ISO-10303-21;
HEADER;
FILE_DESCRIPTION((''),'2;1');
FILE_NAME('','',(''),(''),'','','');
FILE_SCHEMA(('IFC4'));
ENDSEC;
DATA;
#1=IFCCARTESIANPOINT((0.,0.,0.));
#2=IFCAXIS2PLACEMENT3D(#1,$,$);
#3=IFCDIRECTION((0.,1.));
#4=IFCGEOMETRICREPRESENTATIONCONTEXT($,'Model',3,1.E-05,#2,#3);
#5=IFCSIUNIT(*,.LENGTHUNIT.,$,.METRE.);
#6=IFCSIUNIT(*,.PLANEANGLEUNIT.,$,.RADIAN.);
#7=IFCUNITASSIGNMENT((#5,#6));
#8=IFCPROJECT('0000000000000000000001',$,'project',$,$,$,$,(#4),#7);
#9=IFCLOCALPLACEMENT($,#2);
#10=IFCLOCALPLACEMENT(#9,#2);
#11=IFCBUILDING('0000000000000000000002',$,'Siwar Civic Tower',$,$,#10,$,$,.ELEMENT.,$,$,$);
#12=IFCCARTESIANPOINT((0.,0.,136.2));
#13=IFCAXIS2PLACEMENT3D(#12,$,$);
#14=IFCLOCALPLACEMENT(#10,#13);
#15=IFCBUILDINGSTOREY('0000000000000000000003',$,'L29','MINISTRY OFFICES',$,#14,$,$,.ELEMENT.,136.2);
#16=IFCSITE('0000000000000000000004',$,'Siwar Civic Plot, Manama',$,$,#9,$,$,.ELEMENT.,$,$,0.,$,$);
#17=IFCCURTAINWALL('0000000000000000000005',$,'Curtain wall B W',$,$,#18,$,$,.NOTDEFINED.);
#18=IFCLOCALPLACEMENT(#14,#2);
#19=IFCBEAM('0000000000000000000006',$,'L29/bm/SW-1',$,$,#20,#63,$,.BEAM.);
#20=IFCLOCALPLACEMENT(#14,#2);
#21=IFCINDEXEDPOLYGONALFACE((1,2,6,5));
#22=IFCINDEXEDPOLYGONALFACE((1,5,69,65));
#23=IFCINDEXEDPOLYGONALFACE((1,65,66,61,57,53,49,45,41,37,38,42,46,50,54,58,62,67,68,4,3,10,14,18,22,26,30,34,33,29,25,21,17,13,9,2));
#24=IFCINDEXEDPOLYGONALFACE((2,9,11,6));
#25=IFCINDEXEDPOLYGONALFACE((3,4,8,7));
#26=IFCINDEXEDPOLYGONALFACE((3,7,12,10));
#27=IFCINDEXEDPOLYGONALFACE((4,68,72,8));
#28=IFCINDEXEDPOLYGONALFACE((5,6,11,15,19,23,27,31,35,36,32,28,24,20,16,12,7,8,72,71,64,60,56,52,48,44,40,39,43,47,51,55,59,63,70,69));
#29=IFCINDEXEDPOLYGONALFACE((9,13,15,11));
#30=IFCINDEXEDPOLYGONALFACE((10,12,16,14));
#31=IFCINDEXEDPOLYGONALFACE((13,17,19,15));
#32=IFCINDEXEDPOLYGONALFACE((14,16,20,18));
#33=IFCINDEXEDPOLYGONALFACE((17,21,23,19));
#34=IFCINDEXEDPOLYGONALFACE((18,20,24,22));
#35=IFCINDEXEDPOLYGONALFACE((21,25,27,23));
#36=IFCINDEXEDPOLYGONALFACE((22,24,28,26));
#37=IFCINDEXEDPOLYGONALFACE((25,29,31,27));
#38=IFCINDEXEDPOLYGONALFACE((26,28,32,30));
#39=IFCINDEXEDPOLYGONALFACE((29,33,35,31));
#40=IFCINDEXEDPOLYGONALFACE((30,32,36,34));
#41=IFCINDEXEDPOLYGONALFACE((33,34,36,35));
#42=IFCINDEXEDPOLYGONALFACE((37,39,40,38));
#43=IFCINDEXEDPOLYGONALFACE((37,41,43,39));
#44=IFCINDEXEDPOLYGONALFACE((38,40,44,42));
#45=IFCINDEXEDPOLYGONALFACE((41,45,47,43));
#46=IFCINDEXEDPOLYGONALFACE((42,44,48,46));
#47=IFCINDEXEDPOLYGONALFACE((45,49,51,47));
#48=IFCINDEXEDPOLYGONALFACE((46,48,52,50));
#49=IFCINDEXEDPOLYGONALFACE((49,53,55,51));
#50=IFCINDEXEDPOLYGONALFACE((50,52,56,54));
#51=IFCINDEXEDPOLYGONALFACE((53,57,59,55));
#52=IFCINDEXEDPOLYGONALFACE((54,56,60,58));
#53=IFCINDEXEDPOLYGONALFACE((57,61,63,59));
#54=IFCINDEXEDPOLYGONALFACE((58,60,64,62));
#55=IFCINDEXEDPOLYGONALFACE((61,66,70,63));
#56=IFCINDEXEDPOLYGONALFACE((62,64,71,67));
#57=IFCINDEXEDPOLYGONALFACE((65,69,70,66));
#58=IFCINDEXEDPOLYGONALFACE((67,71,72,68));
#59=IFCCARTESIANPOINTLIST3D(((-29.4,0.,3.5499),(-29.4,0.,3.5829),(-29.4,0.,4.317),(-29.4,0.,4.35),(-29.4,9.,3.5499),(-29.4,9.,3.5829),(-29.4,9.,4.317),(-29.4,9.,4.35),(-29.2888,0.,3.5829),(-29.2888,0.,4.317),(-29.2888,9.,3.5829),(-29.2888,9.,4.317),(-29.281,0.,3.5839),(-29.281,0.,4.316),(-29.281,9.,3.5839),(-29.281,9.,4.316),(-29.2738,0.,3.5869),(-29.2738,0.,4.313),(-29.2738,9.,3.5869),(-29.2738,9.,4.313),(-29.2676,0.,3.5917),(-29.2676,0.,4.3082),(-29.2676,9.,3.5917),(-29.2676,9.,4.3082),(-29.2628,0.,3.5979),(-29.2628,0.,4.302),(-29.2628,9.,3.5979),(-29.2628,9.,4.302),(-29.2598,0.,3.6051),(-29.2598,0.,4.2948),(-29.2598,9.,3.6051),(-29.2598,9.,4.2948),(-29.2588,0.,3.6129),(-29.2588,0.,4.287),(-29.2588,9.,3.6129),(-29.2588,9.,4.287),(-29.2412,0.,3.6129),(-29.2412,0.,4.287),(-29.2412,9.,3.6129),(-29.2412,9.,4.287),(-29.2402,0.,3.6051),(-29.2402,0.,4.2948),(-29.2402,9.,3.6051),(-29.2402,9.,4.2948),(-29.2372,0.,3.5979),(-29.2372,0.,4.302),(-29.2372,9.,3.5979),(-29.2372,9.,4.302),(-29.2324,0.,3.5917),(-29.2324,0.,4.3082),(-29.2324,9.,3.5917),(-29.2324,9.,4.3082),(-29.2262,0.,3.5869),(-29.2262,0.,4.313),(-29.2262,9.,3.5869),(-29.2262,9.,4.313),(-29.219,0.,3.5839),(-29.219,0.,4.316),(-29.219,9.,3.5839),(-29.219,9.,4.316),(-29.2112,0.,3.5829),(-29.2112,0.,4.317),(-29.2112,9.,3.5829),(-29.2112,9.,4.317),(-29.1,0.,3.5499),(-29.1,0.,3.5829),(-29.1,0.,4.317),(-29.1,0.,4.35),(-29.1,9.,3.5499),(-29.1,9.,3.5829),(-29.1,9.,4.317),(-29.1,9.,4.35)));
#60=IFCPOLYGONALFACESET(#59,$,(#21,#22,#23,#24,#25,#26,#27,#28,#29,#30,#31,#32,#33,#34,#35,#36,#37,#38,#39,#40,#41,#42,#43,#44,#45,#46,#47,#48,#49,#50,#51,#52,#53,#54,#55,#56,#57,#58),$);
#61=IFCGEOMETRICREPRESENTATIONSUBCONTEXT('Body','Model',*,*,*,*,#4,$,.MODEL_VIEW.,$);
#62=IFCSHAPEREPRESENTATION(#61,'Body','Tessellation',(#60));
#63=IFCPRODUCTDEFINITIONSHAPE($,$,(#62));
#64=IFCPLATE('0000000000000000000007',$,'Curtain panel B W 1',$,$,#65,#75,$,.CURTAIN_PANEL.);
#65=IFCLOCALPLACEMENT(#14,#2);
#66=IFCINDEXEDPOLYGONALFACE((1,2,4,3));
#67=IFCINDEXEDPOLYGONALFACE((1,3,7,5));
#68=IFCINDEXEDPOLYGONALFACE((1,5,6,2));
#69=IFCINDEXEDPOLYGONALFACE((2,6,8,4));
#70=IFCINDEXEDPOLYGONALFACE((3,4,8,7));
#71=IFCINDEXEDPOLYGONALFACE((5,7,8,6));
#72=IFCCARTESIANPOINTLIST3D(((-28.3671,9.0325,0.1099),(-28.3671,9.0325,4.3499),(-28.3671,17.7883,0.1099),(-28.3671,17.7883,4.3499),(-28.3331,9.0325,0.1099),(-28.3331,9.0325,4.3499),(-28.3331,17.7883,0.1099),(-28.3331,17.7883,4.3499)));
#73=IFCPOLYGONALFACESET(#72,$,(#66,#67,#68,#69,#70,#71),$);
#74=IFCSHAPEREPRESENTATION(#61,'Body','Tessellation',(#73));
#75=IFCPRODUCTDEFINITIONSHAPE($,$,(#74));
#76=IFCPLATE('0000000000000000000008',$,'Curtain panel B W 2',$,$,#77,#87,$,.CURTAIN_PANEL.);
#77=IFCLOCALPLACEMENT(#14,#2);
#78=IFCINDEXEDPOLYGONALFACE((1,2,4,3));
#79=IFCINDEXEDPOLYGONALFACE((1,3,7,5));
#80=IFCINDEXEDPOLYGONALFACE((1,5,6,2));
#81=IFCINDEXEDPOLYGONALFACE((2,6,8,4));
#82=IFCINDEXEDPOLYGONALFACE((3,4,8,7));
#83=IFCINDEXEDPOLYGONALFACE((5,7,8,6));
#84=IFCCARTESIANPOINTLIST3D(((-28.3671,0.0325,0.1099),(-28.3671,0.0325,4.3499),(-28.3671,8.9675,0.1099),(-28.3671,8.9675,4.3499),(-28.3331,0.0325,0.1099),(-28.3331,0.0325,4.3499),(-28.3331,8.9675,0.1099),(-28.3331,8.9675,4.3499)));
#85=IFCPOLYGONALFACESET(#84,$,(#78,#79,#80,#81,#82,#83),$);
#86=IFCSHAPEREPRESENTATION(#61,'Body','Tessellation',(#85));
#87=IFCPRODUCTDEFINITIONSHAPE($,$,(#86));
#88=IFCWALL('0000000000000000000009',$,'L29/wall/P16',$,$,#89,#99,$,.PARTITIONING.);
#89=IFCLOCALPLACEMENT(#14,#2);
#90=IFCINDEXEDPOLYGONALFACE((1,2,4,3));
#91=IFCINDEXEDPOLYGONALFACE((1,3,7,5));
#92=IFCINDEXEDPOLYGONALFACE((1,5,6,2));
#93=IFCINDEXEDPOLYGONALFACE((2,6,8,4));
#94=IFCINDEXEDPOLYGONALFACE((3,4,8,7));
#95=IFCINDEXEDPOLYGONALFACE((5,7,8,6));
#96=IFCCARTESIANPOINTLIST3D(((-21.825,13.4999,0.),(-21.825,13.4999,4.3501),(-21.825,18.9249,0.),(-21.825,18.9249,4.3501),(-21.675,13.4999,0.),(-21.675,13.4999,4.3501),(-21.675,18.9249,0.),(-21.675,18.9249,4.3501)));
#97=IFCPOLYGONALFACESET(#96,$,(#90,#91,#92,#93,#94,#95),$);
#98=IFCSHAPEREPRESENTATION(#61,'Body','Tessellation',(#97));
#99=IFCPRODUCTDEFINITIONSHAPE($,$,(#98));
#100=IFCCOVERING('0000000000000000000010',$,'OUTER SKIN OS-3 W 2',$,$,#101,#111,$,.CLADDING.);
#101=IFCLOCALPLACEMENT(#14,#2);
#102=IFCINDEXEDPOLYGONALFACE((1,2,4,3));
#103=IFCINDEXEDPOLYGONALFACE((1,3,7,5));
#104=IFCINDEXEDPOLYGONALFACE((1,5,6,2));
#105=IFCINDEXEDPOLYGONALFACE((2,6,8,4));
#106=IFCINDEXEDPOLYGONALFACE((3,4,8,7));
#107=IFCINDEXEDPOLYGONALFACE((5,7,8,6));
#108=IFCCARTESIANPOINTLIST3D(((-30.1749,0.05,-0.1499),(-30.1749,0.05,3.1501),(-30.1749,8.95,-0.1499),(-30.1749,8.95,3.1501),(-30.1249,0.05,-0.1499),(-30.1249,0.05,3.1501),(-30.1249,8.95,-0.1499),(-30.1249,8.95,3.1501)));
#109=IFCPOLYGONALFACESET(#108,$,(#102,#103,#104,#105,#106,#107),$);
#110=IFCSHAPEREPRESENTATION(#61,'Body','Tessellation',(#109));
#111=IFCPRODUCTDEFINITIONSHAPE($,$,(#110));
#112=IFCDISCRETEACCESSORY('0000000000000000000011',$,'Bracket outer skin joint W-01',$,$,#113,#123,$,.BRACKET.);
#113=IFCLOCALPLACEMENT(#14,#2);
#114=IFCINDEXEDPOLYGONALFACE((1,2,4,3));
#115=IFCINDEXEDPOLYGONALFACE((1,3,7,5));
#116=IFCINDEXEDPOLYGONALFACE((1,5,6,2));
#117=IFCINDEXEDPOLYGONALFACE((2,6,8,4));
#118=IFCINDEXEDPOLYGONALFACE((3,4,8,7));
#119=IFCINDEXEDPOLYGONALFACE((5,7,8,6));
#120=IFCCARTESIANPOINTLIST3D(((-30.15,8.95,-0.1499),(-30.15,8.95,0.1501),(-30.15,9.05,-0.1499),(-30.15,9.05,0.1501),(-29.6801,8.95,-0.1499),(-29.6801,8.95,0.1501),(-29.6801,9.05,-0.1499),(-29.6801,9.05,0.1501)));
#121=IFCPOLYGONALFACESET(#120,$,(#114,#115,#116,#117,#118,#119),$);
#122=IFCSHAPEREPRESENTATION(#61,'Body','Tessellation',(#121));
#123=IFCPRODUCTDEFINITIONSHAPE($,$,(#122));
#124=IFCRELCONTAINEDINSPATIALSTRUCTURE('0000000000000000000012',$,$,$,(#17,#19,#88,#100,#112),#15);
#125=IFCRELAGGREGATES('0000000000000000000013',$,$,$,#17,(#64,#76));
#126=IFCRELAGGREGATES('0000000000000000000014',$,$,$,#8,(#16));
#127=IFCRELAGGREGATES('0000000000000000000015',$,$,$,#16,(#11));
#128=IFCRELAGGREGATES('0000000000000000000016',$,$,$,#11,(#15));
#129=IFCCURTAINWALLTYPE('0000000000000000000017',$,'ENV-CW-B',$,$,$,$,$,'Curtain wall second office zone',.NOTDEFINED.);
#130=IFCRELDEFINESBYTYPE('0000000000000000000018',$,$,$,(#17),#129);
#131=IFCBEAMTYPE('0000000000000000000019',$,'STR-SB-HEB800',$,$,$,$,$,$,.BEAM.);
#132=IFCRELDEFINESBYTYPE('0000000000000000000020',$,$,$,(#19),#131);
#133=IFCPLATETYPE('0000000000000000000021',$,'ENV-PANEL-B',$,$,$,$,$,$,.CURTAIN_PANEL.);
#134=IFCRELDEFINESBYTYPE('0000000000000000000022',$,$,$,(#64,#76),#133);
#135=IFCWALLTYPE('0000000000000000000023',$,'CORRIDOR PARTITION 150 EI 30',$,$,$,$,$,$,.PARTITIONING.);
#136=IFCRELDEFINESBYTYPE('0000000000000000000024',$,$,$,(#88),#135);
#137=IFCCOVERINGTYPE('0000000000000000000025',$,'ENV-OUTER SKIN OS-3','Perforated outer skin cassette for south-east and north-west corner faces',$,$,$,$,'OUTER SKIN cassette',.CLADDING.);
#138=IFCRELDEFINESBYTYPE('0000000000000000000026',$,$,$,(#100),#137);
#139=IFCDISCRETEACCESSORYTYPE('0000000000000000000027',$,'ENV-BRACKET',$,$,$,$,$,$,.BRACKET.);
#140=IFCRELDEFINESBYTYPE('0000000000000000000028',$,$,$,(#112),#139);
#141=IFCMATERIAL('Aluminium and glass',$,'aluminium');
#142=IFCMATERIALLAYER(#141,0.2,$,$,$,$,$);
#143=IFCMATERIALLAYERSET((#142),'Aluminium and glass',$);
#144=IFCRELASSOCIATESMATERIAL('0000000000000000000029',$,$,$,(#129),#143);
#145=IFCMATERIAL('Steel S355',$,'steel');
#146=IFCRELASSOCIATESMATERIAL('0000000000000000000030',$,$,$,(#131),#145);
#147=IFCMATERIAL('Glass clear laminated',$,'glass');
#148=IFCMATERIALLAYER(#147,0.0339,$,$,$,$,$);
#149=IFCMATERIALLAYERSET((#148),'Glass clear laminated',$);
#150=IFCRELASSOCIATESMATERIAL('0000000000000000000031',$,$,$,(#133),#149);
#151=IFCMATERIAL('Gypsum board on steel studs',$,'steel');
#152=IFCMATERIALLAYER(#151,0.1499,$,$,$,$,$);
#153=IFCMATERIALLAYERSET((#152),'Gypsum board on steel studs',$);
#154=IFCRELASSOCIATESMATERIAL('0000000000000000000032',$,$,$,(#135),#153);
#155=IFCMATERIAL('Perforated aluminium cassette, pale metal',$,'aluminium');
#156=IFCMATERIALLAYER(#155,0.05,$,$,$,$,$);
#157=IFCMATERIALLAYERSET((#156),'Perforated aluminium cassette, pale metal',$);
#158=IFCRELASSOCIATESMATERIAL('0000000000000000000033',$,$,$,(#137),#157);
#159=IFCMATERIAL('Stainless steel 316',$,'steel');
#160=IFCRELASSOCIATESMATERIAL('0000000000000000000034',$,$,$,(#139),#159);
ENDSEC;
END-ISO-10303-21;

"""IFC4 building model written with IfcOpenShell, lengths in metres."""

from ifc_helpers import new_model, si_unit, direction, frame, frame_2d, origin, origin_2d, place, context, subcontext, project, spatial, rectangle, i_section, extrude, material, layer, layer_set, material_profile, profile_set, type_object, element, aggregate, save


model = new_model("IFC4")

# Units and contexts
model_context = context("Model", 3, precision=1e-05, world=origin(), true_north=direction((0.0, 1.0)))
body_context = subcontext(model_context, "Body", "Model", "MODEL_VIEW")
ifc_project = project(units=[si_unit("LENGTHUNIT", "METRE"), si_unit("PLANEANGLEUNIT", "RADIAN")], contexts=[model_context])

# Site, building, storey
site_placement = place(None, origin())
site = spatial("IfcSite", under=ifc_project, at=site_placement, Name="Siwar Civic Plot, Manama", CompositionType="ELEMENT", RefElevation=0.0)
building_placement = place(site_placement, origin())
building = spatial("IfcBuilding", under=site, at=building_placement, Name="Siwar Civic Tower", CompositionType="ELEMENT")
storey_placement = place(building_placement, frame((0.0, 0.0, 136.2)))
storey = spatial("IfcBuildingStorey", under=building, at=storey_placement, Name="L29", Description="MINISTRY OFFICES", CompositionType="ELEMENT", Elevation=136.2)

# Curtain wall
ifc_material_1 = material(Name="Aluminium and glass", Category="aluminium")
ifc_layer_1 = layer(ifc_material_1, 0.2)
ifc_layer_set_1 = layer_set([ifc_layer_1], Name="Aluminium and glass")
curtain_wall_type = type_object("IfcCurtainWallType", Name="ENV-CW-B", ElementType="Curtain wall second office zone", PredefinedType="NOTDEFINED", material=ifc_layer_set_1)
curtain_wall_placement = place(storey_placement, origin())
curtain_wall = element("IfcCurtainWall", 1, at=curtain_wall_placement, inside=storey, type_object=curtain_wall_type, Name="Curtain wall B W", PredefinedType="NOTDEFINED")

# Beam
ifc_material_2 = material(Name="Steel S355", Category="steel")
ifc_material_profile_1 = material_profile(ifc_material_2, i_section(OverallWidth=0.3, OverallDepth=0.8, WebThickness=0.0176, FlangeThickness=0.033, FilletRadius=0.03, at=origin_2d()), Name="HEB800")
ifc_profile_set_1 = profile_set([ifc_material_profile_1], Name="Steel S355")
beam_type_1 = type_object("IfcBeamType", Name="STR-SB-HEB800", PredefinedType="BEAM", material=ifc_profile_set_1)
beam_1_placement = place(storey_placement, frame((-29.25, 9.0, 3.95), z_axis=(0.0, -1.0, 0.0), x_axis=(1.0, 0.0, 0.0)))
element("IfcBeam", 2, at=beam_1_placement, inside=storey, type_object=beam_type_1, Name="L29/bm/SW-1", PredefinedType="BEAM", context=body_context, shape_type="SweptSolid", body=[
    extrude(i_section(OverallWidth=0.3, OverallDepth=0.8, WebThickness=0.0176, FlangeThickness=0.033, FilletRadius=0.03, at=origin_2d()), origin(), (0.0, 0.0, 1.0), 9.0),
])

# Plates
ifc_material_3 = material(Name="Glass clear laminated", Category="glass")
ifc_layer_2 = layer(ifc_material_3, 0.0339)
ifc_layer_set_2 = layer_set([ifc_layer_2], Name="Glass clear laminated")
plate_type = type_object("IfcPlateType", Name="ENV-PANEL-B", PredefinedType="CURTAIN_PANEL", material=ifc_layer_set_2)
plate_1_placement = place(storey_placement, frame((-28.3501, 13.4104, 0.1099), z_axis=(0.0, 0.0, 1.0), x_axis=(0.0, -1.0, 0.0)))
plate_1 = element("IfcPlate", 3, at=plate_1_placement, type_object=plate_type, Name="Curtain panel B W 1", PredefinedType="CURTAIN_PANEL", context=body_context, shape_type="SweptSolid", body=[
    extrude(rectangle(XDim=8.7559, YDim=0.0339, at=origin_2d()), origin(), (0.0, 0.0, 1.0), 4.24),
])
plate_2_placement = place(storey_placement, frame((-28.3501, 4.5, 0.1099), z_axis=(0.0, 0.0, 1.0), x_axis=(0.0, -1.0, 0.0)))
plate_2 = element("IfcPlate", 4, at=plate_2_placement, type_object=plate_type, Name="Curtain panel B W 2", PredefinedType="CURTAIN_PANEL", context=body_context, shape_type="SweptSolid", body=[
    extrude(rectangle(XDim=8.9351, YDim=0.0339, at=origin_2d()), origin(), (0.0, 0.0, 1.0), 4.24),
])
aggregate(curtain_wall, [plate_1, plate_2])

# Wall
ifc_material_4 = material(Name="Gypsum board on steel studs", Category="steel")
ifc_layer_3 = layer(ifc_material_4, 0.1499)
ifc_layer_set_3 = layer_set([ifc_layer_3], Name="Gypsum board on steel studs")
wall_type = type_object("IfcWallType", Name="CORRIDOR PARTITION 150 EI 30", PredefinedType="PARTITIONING", material=ifc_layer_set_3)
wall_placement = place(storey_placement, frame((-21.75, 13.5, 0.0), z_axis=(0.0, 0.0, 1.0), x_axis=(0.0, 1.0, 0.0)))
element("IfcWall", 5, at=wall_placement, inside=storey, type_object=wall_type, Name="L29/wall/P16", PredefinedType="PARTITIONING", context=body_context, shape_type="SweptSolid", body=[
    extrude(rectangle(XDim=5.425, YDim=0.1499, at=frame_2d((2.7124, 0.0))), origin(), (0.0, 0.0, 1.0), 4.3501),
])

# Covering
ifc_material_5 = material(Name="Perforated aluminium cassette, pale metal", Category="aluminium")
ifc_layer_4 = layer(ifc_material_5, 0.05)
ifc_layer_set_4 = layer_set([ifc_layer_4], Name="Perforated aluminium cassette, pale metal")
covering_type = type_object("IfcCoveringType", Name="ENV-OUTER SKIN OS-3", Description="Perforated outer skin cassette for south-east and north-west corner faces", ElementType="OUTER SKIN cassette", PredefinedType="CLADDING", material=ifc_layer_set_4)
covering_placement = place(storey_placement, frame((-30.1499, 4.5, -0.1499), z_axis=(0.0, 0.0, 1.0), x_axis=(0.0, -1.0, 0.0)))
element("IfcCovering", 6, at=covering_placement, inside=storey, type_object=covering_type, Name="OUTER SKIN OS-3 W 2", PredefinedType="CLADDING", context=body_context, shape_type="SweptSolid", body=[
    extrude(rectangle(XDim=8.8999, YDim=0.05, at=origin_2d()), origin(), (0.0, 0.0, 1.0), 3.3),
])

# Discrete accessory
ifc_material_6 = material(Name="Stainless steel 316", Category="steel")
discrete_accessory_type = type_object("IfcDiscreteAccessoryType", Name="ENV-BRACKET", PredefinedType="BRACKET", material=ifc_material_6)
discrete_accessory_placement = place(storey_placement, frame((-29.915, 9.0, -0.1499), z_axis=(0.0, 0.0, 1.0), x_axis=(-1.0, 0.0, 0.0)))
element("IfcDiscreteAccessory", 7, at=discrete_accessory_placement, inside=storey, type_object=discrete_accessory_type, Name="Bracket outer skin joint W-01", PredefinedType="BRACKET", context=body_context, shape_type="SweptSolid", body=[
    extrude(rectangle(XDim=0.47, YDim=0.1001, at=origin_2d()), origin(), (0.0, 0.0, 1.0), 0.3),
])

save(model, "model.ifc")
